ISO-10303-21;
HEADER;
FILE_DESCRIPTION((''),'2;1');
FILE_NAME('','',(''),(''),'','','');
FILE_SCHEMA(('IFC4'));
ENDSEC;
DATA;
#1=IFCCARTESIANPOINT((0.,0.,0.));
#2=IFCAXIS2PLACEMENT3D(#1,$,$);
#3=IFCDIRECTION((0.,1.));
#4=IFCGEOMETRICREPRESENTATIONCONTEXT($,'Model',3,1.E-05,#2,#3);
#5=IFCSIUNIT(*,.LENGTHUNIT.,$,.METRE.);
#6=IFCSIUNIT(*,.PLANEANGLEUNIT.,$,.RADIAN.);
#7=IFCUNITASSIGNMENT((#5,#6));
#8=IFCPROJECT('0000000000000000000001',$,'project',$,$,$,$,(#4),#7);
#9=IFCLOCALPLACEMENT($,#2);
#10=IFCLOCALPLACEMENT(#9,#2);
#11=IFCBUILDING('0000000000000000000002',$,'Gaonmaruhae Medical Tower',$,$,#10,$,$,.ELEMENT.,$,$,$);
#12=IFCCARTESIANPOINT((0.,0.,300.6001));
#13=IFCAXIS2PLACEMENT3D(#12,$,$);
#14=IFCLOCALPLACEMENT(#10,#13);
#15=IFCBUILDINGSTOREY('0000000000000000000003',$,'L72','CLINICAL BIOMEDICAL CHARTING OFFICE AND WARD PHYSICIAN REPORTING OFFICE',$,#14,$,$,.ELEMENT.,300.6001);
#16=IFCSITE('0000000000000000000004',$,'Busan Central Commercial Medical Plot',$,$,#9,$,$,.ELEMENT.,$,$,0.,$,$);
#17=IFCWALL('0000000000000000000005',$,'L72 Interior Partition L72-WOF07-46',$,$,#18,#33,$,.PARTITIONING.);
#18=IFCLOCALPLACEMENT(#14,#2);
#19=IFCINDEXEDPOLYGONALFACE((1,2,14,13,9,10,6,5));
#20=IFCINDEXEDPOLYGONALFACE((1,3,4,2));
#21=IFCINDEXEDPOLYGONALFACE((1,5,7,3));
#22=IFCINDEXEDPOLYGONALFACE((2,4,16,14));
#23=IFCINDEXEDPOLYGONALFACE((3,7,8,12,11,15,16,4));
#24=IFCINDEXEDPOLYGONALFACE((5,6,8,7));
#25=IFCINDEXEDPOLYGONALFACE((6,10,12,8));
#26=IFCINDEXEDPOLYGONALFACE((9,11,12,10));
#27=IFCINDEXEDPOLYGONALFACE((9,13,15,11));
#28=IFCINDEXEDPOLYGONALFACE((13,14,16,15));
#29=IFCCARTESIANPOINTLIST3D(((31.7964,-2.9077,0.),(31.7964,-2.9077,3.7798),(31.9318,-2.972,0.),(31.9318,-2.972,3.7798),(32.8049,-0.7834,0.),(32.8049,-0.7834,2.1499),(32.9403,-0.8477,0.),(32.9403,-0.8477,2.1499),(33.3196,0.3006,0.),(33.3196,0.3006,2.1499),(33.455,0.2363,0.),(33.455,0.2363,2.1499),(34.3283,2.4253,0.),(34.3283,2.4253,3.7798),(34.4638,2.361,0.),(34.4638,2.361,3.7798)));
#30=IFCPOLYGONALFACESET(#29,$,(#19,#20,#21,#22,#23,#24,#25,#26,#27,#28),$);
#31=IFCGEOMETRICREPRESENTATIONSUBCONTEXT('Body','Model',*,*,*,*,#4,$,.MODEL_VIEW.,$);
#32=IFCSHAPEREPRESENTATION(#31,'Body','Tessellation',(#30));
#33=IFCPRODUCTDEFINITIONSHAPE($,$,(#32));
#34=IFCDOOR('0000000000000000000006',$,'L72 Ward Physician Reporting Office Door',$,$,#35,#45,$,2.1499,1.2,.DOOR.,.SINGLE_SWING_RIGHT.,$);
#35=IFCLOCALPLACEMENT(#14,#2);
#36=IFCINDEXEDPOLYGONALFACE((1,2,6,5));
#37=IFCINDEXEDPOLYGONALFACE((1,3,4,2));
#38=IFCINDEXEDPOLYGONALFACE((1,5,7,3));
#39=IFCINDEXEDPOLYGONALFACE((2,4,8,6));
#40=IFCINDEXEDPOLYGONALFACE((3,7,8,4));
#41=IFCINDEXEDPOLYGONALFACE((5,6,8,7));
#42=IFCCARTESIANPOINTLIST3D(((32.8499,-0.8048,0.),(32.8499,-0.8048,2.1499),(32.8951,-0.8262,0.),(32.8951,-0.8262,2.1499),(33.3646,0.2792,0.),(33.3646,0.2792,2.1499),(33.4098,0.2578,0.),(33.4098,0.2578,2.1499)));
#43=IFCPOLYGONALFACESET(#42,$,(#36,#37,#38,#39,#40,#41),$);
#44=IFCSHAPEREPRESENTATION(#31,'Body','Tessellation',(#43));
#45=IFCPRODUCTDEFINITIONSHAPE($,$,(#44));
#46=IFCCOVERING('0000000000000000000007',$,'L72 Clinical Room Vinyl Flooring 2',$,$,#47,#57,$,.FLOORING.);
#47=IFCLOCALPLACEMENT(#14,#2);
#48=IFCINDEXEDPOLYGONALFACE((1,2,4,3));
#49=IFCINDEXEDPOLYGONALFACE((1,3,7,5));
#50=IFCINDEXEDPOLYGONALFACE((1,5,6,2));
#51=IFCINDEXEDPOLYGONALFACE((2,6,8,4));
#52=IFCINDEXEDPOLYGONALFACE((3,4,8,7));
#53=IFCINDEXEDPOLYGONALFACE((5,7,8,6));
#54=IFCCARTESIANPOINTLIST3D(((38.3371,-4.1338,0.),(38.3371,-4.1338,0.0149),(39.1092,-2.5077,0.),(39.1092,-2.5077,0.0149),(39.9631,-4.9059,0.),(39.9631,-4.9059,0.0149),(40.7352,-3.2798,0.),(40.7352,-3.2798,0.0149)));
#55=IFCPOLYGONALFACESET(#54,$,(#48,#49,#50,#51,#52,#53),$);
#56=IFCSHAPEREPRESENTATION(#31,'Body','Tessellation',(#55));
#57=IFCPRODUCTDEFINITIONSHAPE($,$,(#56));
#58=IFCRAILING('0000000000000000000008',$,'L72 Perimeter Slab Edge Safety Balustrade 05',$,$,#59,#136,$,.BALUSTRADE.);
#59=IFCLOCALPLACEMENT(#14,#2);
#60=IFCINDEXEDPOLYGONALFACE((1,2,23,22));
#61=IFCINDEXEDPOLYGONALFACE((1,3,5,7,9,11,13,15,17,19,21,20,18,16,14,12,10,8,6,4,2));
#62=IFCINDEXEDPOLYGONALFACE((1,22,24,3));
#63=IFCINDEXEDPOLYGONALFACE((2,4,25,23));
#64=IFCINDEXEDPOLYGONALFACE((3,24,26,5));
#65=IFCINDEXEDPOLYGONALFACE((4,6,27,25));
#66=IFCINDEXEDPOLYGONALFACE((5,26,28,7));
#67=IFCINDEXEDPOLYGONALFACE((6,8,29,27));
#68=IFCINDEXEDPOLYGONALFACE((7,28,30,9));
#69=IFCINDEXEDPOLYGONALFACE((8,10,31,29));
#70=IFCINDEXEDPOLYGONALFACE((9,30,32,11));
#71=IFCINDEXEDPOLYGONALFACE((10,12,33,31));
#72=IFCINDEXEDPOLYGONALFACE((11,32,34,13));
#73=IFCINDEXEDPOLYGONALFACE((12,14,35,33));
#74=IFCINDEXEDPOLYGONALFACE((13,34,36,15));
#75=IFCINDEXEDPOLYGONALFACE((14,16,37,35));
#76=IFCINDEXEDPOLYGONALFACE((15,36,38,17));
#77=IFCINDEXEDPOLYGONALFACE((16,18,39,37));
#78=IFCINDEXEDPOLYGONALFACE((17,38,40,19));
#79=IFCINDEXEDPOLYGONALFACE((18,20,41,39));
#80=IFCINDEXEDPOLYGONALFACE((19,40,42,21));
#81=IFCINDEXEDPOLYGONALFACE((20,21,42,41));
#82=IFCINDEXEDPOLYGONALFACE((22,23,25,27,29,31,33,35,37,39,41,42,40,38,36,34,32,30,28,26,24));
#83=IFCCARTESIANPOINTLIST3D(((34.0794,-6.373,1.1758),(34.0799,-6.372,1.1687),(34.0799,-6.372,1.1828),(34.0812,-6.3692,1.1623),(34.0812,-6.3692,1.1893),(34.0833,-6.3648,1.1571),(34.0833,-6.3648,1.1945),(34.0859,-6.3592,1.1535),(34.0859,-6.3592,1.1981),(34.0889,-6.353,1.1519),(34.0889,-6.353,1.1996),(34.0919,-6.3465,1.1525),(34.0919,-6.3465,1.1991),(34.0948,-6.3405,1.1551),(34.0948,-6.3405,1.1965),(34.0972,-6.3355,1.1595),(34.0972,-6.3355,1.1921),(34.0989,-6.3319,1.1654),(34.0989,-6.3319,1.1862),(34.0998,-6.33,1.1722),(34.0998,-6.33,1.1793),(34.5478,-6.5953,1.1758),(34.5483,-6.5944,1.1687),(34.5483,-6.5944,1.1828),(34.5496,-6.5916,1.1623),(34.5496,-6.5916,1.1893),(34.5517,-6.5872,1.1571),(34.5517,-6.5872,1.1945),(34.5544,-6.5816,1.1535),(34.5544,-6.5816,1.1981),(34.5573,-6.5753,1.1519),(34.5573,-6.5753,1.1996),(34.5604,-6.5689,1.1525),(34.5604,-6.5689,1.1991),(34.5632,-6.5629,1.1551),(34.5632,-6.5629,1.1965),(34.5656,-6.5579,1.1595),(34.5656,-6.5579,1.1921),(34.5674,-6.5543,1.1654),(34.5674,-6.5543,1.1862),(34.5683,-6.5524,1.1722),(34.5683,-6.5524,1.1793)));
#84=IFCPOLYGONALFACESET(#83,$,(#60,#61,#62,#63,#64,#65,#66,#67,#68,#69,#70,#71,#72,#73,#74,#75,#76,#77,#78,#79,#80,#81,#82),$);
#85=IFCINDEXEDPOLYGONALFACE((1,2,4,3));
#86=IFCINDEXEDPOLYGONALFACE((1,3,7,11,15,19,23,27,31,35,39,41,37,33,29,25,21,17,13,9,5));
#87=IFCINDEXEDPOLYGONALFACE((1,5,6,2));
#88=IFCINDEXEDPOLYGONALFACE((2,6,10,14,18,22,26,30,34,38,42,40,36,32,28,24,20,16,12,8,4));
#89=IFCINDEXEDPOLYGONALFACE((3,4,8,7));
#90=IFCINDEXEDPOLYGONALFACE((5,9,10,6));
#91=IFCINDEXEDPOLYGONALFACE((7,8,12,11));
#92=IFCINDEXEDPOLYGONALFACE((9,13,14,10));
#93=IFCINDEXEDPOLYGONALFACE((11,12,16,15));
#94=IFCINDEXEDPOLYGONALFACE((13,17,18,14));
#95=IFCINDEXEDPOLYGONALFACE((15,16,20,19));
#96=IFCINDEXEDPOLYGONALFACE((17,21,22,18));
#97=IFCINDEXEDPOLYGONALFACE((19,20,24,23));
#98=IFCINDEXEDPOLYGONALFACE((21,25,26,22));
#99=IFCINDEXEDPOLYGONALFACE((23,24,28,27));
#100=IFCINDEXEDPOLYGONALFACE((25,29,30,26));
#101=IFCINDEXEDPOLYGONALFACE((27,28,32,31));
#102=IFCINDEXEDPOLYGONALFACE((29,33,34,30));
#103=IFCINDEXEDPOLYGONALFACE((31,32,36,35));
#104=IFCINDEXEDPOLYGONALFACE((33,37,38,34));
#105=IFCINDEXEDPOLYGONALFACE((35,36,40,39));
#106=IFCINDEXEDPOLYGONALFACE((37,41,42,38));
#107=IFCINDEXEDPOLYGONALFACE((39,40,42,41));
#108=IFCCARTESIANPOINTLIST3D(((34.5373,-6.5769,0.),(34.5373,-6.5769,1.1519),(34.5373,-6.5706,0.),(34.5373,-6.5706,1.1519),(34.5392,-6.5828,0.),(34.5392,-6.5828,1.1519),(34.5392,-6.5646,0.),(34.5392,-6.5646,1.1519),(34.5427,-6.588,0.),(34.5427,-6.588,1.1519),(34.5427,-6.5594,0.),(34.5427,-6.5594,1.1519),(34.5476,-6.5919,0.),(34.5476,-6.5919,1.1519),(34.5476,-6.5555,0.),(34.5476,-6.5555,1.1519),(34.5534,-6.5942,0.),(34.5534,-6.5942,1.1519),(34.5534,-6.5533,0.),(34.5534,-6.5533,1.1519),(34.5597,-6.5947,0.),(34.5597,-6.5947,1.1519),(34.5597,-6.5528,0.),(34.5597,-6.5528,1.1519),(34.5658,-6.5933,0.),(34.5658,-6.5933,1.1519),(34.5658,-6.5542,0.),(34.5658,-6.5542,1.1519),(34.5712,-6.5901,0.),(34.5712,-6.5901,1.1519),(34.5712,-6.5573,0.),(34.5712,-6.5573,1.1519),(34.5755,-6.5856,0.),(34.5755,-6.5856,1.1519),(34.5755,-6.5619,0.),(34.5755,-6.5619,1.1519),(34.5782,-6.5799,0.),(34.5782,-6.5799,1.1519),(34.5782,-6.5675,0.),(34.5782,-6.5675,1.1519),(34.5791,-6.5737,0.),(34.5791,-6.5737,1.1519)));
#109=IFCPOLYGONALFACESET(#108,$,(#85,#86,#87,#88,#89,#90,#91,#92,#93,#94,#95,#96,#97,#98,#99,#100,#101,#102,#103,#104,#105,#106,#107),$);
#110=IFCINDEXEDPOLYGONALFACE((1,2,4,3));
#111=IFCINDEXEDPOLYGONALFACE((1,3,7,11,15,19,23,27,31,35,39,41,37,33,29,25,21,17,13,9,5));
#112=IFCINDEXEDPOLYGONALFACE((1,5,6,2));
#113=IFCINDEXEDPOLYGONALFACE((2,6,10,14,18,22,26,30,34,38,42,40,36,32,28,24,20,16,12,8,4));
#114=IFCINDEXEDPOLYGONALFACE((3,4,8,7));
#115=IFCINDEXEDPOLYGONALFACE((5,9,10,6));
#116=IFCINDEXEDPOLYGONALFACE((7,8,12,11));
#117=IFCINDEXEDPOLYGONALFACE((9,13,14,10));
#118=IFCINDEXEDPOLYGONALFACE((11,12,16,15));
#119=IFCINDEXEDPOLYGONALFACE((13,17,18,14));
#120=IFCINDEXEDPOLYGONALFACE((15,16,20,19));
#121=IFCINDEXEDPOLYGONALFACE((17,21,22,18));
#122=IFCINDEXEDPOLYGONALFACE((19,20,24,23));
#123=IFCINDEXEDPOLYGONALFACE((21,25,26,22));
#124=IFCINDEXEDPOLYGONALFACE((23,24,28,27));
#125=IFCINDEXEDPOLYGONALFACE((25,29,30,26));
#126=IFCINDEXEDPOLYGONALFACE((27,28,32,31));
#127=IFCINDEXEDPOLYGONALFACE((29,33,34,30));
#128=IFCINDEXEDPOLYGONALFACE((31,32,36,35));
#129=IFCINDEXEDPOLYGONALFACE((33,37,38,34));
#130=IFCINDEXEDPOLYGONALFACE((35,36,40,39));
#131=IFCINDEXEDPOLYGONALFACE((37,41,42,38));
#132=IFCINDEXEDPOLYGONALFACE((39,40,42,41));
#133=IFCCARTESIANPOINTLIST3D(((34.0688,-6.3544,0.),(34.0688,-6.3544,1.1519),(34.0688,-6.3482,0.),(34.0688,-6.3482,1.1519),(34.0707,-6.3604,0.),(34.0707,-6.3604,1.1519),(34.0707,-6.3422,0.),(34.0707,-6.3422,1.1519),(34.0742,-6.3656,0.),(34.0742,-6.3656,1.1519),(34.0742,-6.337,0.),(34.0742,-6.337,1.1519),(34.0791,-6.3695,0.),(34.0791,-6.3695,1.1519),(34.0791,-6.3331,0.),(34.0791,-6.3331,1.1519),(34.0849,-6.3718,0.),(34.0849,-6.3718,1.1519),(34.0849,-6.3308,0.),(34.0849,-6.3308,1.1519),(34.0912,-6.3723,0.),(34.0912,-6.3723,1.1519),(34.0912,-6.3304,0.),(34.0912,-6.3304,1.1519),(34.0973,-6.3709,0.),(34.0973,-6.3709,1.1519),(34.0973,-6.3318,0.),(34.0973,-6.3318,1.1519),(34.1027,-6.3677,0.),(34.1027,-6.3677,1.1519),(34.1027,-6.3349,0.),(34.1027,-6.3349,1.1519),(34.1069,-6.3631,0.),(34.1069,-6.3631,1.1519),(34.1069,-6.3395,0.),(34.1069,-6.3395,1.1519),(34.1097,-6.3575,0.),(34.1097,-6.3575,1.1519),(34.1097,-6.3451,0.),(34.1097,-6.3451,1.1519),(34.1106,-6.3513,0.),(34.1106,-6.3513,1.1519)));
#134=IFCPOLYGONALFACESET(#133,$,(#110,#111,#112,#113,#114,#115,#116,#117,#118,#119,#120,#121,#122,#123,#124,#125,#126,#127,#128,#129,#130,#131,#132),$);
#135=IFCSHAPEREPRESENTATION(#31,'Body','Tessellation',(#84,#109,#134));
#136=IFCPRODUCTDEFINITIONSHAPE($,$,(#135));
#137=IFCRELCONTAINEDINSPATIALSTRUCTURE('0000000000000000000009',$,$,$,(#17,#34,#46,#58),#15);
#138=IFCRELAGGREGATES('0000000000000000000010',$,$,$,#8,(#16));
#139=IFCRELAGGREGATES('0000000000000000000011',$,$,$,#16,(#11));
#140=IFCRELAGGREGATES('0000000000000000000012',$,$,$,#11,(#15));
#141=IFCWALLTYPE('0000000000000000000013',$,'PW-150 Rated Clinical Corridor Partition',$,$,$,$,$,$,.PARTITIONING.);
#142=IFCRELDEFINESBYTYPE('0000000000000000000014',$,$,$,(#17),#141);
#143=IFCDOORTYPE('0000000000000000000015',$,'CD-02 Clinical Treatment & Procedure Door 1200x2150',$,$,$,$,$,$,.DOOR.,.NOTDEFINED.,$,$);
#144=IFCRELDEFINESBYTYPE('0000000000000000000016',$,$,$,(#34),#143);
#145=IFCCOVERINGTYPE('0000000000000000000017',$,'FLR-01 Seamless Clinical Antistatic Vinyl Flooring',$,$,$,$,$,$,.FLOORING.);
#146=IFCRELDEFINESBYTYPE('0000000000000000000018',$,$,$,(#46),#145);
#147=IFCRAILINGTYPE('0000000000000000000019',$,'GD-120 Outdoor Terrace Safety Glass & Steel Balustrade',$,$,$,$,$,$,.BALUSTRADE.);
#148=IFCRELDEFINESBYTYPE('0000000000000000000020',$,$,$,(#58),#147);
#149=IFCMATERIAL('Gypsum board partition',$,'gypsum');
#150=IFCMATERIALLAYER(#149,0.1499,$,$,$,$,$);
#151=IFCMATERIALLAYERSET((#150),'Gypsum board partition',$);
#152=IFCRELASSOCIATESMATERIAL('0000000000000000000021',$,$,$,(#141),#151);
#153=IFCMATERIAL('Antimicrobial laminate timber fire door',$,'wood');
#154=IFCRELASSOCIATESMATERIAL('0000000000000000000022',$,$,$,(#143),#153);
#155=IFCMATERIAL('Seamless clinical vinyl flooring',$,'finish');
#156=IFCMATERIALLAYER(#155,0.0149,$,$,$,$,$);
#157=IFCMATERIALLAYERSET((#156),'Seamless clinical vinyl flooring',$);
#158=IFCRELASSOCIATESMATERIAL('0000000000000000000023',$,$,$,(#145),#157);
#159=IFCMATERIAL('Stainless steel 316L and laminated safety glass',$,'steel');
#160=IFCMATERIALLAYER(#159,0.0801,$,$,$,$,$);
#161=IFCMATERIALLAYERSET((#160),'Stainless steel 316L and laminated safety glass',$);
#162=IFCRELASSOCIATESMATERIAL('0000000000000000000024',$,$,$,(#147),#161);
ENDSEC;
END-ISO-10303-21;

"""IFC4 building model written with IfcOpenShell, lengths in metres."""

from ifc_helpers import new_model, si_unit, direction, frame, frame_2d, origin, origin_2d, place, context, subcontext, project, spatial, rectangle, circle, extrude, material, layer, layer_set, type_object, element, fill, save


model = new_model("IFC4")

# Units and contexts
model_context = context("Model", 3, precision=1e-05, world=origin(), true_north=direction((0.0, 1.0)))
body_context = subcontext(model_context, "Body", "Model", "MODEL_VIEW")
ifc_project = project(units=[si_unit("LENGTHUNIT", "METRE"), si_unit("PLANEANGLEUNIT", "RADIAN")], contexts=[model_context])

# Site, building, storey
site_placement = place(None, origin())
site = spatial("IfcSite", under=ifc_project, at=site_placement, Name="Busan Central Commercial Medical Plot", CompositionType="ELEMENT", RefElevation=0.0)
building_placement = place(site_placement, origin())
building = spatial("IfcBuilding", under=site, at=building_placement, Name="Gaonmaruhae Medical Tower", CompositionType="ELEMENT")
storey_placement = place(building_placement, frame((0.0, 0.0, 300.6001)))
storey = spatial("IfcBuildingStorey", under=building, at=storey_placement, Name="L72", Description="CLINICAL BIOMEDICAL CHARTING OFFICE AND WARD PHYSICIAN REPORTING OFFICE", CompositionType="ELEMENT", Elevation=300.6001)

# Shared definitions
ifc_material_1 = material(Name="Gypsum board partition", Category="gypsum")
ifc_layer_1 = layer(ifc_material_1, 0.1499)
ifc_layer_set_1 = layer_set([ifc_layer_1], Name="Gypsum board partition")
wall_type_1 = type_object("IfcWallType", Name="PW-150 Rated Clinical Corridor Partition", PredefinedType="PARTITIONING", material=ifc_layer_set_1)

# Shared definitions
ifc_material_2 = material(Name="Antimicrobial laminate timber fire door", Category="wood")
door_type = type_object("IfcDoorType", Name="CD-02 Clinical Treatment & Procedure Door 1200x2150", OperationType="NOTDEFINED", PredefinedType="DOOR", material=ifc_material_2)

# Wall, opening, door
wall_1_placement = place(storey_placement, frame((34.396, 2.3931, 0.0), z_axis=(0.0, 0.0, 1.0), x_axis=(-0.428891, -0.903356, 0.0)))
wall_1 = element("IfcWall", 1, at=wall_1_placement, inside=storey, type_object=wall_type_1, Name="L72 Interior Partition L72-WOF07-46", PredefinedType="PARTITIONING", context=body_context, shape_type="SweptSolid", body=[
    extrude(rectangle(XDim=5.9036, YDim=0.1499, at=frame_2d((2.9517, 0.0))), origin(), (0.0, 0.0, 1.0), 3.7798),
])
opening_1_placement = place(wall_1_placement, frame((2.3518, 0.0, 0.0)))
opening_1 = element("IfcOpeningElement", 2, at=opening_1_placement, cuts=wall_1, PredefinedType="OPENING", context=body_context, shape_type="SweptSolid", body=[
    extrude(rectangle(XDim=1.2, YDim=2.1499, at=frame_2d((0.6001, 1.075))), frame((0.0, 0.085, 0.0), z_axis=(0.0, -1.0, 0.0), x_axis=(1.0, 0.0, 0.0)), (0.0, 0.0, 1.0), 0.1699),
])
door_1_placement = place(opening_1_placement, origin())
door_1 = element("IfcDoor", 3, at=door_1_placement, inside=storey, type_object=door_type, Name="L72 Ward Physician Reporting Office Door", OperationType="SINGLE_SWING_RIGHT", OverallHeight=2.1499, OverallWidth=1.2, PredefinedType="DOOR", context=body_context, shape_type="SweptSolid", body=[
    extrude(rectangle(XDim=1.2, YDim=2.1499, at=frame_2d((0.6001, 1.075))), frame((0.0, 0.0249, 0.0), z_axis=(0.0, -1.0, 0.0), x_axis=(1.0, 0.0, 0.0)), (0.0, 0.0, 1.0), 0.05),
])
fill(opening_1, door_1)

# Covering
ifc_material_3 = material(Name="Seamless clinical vinyl flooring", Category="finish")
ifc_layer_2 = layer(ifc_material_3, 0.0149)
ifc_layer_set_2 = layer_set([ifc_layer_2], Name="Seamless clinical vinyl flooring")
covering_type = type_object("IfcCoveringType", Name="FLR-01 Seamless Clinical Antistatic Vinyl Flooring", PredefinedType="FLOORING", material=ifc_layer_set_2)
covering_placement = place(storey_placement, frame((39.5361, -3.7068, 0.0), z_axis=(0.0, 0.0, 1.0), x_axis=(0.428935, 0.903335, 0.0)))
element("IfcCovering", 4, at=covering_placement, inside=storey, type_object=covering_type, Name="L72 Clinical Room Vinyl Flooring 2", PredefinedType="FLOORING", context=body_context, shape_type="SweptSolid", body=[
    extrude(rectangle(XDim=1.8, YDim=1.8, at=origin_2d()), origin(), (0.0, 0.0, 1.0), 0.0149),
])

# Railing
ifc_material_4 = material(Name="Stainless steel 316L and laminated safety glass", Category="steel")
ifc_layer_3 = layer(ifc_material_4, 0.0801)
ifc_layer_set_3 = layer_set([ifc_layer_3], Name="Stainless steel 316L and laminated safety glass")
railing_type = type_object("IfcRailingType", Name="GD-120 Outdoor Terrace Safety Glass & Steel Balustrade", PredefinedType="BALUSTRADE", material=ifc_layer_set_3)
railing_1_placement = place(storey_placement, frame((34.5581, -6.5737, 0.0)))
element("IfcRailing", 5, at=railing_1_placement, inside=storey, type_object=railing_type, Name="L72 Perimeter Slab Edge Safety Balustrade 05", PredefinedType="BALUSTRADE", context=body_context, shape_type="SweptSolid", body=[
    extrude(circle(Radius=0.0239, at=origin_2d()), frame((0.0, 0.0, 1.1758), z_axis=(-0.903373, 0.428855, 0.0), x_axis=(-0.428855, -0.903373, 0.0)), (0.0, 0.0, 1.0), 0.5186),
    extrude(circle(Radius=0.021, at=origin_2d()), origin(), (0.0, 0.0, 1.0), 1.1519),
    extrude(circle(Radius=0.021, at=origin_2d()), frame((-0.4685, 0.2224, 0.0)), (0.0, 0.0, 1.0), 1.1519),
])

save(model, "model.ifc")
